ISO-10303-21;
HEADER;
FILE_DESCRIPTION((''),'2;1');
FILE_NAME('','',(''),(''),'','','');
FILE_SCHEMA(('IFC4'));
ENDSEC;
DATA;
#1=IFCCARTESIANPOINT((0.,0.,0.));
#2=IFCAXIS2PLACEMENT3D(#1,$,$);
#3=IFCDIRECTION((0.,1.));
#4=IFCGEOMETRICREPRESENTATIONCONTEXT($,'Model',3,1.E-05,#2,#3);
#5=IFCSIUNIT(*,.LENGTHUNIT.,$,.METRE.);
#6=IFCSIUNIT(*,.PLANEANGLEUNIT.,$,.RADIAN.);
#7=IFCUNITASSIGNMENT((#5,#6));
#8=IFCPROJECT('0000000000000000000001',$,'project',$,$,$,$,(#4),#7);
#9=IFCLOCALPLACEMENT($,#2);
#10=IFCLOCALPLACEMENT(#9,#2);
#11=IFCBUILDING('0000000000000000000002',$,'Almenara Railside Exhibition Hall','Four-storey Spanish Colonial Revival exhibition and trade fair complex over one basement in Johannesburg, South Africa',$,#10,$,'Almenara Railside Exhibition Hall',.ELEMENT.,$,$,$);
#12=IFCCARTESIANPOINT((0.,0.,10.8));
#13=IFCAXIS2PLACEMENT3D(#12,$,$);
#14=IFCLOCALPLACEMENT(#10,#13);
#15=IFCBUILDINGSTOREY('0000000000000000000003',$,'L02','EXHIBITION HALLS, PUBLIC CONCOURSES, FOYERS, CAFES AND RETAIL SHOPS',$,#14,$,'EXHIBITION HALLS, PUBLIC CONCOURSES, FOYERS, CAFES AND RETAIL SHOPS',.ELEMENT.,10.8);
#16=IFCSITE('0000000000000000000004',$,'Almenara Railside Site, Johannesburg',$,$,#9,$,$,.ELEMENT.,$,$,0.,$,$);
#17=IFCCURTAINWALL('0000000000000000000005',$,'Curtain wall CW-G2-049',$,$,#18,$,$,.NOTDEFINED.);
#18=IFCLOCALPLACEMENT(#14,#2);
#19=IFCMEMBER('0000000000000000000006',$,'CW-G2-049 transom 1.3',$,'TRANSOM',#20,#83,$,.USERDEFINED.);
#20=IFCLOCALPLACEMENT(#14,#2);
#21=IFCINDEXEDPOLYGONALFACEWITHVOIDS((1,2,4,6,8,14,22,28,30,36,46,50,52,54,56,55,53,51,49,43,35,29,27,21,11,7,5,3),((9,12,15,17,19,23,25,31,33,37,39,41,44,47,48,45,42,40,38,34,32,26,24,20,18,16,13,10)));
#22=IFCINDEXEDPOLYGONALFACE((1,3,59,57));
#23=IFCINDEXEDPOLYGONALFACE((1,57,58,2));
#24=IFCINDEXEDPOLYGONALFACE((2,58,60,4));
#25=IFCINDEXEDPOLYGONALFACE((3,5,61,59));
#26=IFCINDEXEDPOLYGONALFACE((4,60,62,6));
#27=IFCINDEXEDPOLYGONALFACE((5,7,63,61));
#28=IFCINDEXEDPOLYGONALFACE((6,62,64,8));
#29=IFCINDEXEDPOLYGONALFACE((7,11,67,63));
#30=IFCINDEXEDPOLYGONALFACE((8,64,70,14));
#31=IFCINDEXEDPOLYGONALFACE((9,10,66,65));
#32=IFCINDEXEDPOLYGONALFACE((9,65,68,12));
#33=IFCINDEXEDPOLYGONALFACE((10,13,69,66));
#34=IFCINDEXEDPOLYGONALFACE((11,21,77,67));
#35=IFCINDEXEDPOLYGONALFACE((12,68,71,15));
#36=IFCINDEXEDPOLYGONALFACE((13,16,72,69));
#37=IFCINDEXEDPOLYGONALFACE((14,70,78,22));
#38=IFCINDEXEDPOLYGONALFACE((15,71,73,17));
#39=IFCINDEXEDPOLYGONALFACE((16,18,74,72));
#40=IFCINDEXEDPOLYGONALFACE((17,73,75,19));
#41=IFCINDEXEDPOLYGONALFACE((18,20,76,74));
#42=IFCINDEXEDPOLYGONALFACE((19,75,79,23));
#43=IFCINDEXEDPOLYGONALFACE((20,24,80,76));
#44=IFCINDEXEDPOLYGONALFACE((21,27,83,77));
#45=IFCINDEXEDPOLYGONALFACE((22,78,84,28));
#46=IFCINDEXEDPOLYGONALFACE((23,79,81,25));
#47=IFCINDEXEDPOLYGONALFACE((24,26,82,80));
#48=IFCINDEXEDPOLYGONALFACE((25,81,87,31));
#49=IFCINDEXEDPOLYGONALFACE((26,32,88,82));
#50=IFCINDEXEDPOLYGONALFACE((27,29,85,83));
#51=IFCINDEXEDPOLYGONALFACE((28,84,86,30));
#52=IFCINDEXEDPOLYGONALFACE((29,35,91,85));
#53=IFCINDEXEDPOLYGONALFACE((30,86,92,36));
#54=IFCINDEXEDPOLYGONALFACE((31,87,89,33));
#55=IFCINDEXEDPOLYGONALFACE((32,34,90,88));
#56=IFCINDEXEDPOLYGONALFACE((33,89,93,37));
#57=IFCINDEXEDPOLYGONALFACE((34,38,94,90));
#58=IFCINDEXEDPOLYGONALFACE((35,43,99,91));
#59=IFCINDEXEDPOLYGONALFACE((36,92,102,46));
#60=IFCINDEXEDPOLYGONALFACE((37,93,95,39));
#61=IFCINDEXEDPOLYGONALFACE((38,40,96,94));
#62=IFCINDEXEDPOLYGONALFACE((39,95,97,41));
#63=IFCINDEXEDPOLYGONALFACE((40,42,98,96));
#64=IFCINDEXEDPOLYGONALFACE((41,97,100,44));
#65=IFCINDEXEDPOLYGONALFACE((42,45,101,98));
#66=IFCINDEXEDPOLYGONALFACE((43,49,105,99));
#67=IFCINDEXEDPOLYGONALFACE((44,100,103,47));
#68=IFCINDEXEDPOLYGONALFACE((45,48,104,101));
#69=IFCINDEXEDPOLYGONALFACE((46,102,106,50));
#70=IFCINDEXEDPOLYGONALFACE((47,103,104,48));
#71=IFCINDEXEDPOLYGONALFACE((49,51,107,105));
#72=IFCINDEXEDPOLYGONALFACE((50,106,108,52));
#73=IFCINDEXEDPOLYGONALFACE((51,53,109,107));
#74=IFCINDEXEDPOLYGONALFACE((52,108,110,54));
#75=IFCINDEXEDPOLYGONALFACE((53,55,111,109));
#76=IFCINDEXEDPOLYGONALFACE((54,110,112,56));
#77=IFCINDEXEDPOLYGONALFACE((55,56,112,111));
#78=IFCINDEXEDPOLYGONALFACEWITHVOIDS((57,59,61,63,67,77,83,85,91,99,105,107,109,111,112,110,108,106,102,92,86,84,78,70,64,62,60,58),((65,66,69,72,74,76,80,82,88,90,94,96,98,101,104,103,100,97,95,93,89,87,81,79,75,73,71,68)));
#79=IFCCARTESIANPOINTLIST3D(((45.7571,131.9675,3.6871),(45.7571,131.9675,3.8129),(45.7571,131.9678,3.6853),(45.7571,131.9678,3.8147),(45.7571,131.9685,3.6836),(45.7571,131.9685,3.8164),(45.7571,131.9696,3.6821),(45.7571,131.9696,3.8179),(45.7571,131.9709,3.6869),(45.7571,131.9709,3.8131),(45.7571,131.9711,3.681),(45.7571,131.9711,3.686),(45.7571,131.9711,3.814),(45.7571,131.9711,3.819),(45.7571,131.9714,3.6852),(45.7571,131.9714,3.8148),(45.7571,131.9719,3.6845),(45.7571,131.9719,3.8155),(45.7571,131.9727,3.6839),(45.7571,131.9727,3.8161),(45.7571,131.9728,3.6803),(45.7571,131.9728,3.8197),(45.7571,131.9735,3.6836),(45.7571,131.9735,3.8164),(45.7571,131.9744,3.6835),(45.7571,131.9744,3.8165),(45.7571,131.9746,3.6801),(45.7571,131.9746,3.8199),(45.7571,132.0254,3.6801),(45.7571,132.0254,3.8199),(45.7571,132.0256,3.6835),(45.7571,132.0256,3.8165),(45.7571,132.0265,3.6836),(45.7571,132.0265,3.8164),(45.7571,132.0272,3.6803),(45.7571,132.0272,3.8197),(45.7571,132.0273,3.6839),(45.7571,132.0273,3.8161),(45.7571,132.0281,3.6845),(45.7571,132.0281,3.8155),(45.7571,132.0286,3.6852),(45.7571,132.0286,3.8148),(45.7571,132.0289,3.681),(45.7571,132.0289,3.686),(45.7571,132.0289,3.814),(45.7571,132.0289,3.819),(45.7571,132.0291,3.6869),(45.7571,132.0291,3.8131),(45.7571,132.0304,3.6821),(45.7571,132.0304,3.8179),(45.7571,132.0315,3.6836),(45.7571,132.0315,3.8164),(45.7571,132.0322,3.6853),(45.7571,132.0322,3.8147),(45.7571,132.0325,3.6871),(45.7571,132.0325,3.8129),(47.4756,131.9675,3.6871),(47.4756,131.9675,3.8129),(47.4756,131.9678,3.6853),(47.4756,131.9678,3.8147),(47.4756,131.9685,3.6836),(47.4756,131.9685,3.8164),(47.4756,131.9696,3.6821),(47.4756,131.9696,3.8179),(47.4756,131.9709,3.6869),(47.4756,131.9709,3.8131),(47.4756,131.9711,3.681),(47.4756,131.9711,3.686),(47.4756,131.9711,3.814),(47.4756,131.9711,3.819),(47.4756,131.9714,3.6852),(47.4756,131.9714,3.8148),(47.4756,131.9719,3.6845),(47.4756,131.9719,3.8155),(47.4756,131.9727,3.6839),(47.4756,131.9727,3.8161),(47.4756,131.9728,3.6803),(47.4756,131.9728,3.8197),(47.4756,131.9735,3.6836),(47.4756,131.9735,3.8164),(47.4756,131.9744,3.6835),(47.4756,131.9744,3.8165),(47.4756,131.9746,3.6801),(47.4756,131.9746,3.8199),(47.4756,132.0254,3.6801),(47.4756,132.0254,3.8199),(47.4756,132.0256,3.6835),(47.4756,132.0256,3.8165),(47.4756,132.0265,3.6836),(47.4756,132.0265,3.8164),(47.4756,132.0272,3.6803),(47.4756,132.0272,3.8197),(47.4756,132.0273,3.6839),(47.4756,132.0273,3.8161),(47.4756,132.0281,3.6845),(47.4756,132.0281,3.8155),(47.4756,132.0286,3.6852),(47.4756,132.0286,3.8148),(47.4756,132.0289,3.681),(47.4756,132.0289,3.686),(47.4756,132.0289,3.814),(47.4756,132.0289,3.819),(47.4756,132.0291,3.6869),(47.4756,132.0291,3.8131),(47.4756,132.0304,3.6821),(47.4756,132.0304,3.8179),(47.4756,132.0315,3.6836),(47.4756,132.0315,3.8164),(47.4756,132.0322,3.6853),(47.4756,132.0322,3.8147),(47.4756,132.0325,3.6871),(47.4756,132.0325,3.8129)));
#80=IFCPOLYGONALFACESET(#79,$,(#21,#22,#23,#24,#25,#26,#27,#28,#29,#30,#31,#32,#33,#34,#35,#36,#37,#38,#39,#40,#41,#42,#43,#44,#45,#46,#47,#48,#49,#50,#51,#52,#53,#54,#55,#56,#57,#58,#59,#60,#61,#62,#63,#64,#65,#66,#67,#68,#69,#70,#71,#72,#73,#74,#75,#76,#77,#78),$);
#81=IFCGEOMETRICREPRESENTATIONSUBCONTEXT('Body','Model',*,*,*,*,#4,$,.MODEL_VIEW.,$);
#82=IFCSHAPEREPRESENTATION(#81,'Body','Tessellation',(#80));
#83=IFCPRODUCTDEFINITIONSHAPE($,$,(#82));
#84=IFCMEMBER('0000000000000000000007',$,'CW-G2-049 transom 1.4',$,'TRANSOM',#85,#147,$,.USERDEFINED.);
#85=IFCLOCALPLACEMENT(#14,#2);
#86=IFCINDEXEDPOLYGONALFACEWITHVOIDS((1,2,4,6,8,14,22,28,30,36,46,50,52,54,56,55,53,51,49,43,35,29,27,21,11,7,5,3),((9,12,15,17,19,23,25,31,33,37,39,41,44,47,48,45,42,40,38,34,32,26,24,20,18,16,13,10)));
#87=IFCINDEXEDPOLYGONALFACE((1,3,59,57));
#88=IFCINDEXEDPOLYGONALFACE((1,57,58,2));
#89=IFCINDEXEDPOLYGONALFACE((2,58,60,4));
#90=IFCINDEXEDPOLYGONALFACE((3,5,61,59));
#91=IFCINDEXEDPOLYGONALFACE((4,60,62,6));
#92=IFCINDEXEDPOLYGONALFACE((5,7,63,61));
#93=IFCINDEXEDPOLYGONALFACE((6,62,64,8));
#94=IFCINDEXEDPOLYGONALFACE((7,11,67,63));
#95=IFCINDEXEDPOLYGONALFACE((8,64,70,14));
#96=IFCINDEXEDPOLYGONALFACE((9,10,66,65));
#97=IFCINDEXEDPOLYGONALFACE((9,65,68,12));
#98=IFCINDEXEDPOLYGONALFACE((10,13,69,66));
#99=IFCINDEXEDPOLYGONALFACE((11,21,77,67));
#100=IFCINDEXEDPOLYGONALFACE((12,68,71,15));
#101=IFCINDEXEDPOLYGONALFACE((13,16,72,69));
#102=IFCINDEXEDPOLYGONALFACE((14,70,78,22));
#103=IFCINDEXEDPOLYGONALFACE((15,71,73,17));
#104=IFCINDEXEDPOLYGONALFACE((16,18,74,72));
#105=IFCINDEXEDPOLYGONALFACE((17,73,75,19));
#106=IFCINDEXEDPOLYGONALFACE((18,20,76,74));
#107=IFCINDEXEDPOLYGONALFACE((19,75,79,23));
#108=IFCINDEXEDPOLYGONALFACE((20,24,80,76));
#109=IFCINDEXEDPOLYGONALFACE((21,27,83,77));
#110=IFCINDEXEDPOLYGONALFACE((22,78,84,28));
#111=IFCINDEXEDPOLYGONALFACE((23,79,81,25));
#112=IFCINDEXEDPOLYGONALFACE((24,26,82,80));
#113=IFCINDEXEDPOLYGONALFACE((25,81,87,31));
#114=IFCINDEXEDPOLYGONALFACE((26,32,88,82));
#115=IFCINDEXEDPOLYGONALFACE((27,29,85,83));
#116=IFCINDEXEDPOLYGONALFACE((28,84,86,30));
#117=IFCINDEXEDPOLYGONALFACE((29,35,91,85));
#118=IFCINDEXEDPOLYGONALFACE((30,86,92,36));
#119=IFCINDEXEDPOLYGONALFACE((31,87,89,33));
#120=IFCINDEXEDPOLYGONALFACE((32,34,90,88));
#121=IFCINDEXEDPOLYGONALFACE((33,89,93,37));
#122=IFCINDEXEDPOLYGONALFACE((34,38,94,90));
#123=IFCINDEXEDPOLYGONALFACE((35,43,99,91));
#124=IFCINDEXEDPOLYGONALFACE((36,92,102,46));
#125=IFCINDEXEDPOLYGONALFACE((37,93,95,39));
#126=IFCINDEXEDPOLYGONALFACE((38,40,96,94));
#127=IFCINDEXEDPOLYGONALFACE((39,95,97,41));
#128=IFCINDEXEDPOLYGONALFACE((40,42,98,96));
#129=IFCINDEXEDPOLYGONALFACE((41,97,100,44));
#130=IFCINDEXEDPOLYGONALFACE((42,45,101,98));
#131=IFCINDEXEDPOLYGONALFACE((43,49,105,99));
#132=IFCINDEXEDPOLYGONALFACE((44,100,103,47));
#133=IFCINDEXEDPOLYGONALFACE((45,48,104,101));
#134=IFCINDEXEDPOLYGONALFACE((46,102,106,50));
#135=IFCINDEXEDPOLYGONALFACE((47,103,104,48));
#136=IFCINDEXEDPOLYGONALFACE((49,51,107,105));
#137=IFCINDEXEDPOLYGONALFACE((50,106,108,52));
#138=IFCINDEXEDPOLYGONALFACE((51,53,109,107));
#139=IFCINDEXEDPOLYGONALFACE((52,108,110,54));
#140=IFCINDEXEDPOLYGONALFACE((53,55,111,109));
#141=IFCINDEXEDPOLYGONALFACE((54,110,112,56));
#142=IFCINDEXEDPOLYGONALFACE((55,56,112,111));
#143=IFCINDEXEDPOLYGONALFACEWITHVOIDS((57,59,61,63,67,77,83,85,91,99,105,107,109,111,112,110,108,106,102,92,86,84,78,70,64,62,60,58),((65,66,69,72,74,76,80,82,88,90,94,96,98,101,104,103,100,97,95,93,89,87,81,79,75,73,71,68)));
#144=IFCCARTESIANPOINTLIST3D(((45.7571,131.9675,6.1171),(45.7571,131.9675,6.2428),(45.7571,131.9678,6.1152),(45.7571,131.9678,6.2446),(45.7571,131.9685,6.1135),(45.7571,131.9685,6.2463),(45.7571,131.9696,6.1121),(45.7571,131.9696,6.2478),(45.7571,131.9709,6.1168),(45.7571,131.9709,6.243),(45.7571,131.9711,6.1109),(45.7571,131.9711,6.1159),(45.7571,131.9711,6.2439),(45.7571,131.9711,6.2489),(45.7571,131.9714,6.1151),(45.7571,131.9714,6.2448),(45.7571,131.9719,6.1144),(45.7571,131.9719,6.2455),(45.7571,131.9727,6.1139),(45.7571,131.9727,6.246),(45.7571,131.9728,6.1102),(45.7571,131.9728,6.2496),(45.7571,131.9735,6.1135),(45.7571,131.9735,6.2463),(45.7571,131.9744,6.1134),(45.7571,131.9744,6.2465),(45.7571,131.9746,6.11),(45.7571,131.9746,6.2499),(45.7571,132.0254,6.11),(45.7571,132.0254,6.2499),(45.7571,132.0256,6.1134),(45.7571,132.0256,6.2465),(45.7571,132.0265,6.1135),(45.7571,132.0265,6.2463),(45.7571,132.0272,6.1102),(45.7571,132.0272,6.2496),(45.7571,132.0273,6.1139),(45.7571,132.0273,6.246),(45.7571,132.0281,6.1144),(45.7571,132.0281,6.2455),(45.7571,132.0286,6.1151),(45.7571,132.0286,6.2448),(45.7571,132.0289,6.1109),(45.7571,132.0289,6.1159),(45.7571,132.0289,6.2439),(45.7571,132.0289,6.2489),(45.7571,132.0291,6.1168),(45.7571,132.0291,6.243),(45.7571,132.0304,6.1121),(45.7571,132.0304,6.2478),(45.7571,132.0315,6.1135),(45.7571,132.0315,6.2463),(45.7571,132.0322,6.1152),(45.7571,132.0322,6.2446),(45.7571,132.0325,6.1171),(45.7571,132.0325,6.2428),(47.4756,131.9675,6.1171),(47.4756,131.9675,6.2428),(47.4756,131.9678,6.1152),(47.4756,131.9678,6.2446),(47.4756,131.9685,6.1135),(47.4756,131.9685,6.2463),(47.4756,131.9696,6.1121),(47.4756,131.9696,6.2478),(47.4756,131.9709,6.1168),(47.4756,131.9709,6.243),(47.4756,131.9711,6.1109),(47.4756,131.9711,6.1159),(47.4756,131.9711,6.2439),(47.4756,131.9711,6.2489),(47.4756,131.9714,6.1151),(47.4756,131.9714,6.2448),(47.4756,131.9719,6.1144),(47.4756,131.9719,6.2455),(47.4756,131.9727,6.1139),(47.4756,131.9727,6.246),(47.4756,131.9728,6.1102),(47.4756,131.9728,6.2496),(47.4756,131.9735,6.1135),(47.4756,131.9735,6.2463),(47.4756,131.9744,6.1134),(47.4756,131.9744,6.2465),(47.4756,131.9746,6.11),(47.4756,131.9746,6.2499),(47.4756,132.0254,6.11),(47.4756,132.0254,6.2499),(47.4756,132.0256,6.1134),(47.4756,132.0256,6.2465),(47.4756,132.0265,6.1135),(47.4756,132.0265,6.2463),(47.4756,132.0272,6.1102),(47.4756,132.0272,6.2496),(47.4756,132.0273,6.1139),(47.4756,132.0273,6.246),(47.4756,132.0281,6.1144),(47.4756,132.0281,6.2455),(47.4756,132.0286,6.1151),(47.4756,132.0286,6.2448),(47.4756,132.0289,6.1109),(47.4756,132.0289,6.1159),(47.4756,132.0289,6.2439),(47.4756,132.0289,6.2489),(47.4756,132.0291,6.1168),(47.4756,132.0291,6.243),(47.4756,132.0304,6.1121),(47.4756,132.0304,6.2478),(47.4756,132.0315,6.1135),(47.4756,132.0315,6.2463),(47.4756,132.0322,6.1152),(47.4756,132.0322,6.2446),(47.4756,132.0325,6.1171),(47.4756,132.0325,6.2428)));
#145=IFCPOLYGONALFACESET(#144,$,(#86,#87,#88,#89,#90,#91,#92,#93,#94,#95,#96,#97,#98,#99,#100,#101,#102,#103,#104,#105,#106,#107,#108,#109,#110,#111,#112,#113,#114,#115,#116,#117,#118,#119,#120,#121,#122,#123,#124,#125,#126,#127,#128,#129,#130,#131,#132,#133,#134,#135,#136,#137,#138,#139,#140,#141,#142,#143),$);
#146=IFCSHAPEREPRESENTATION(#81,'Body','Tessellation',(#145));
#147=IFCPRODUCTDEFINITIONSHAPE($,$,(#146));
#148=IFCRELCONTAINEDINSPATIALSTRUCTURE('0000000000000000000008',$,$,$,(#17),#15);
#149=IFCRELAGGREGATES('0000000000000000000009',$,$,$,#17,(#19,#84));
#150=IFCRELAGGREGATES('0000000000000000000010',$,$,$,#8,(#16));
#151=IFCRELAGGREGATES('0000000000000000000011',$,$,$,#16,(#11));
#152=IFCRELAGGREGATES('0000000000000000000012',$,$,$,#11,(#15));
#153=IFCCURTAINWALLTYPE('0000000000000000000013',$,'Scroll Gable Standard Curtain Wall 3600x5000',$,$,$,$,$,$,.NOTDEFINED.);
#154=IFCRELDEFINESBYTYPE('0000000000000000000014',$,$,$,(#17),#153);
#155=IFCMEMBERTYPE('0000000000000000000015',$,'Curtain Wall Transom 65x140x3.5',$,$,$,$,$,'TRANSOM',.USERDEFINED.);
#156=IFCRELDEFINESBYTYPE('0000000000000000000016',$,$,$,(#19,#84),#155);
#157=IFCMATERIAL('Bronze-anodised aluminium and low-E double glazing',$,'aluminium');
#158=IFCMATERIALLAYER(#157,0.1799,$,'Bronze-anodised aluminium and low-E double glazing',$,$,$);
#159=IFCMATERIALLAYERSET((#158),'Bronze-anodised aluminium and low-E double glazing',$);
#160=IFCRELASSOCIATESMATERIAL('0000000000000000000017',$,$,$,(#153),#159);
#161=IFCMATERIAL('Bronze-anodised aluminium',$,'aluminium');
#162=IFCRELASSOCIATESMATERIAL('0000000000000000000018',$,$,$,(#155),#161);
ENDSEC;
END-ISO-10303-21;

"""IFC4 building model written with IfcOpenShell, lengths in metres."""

from ifc_helpers import new_model, si_unit, direction, frame, origin, origin_2d, place, context, subcontext, project, spatial, hollow_rectangle, extrude, material, layer, layer_set, material_profile, profile_set, type_object, element, aggregate, save


model = new_model("IFC4")

# Units and contexts
model_context = context("Model", 3, precision=1e-05, world=origin(), true_north=direction((0.0, 1.0)))
body_context = subcontext(model_context, "Body", "Model", "MODEL_VIEW")
ifc_project = project(units=[si_unit("LENGTHUNIT", "METRE"), si_unit("PLANEANGLEUNIT", "RADIAN")], contexts=[model_context])

# Site, building, storey
site_placement = place(None, origin())
site = spatial("IfcSite", under=ifc_project, at=site_placement, Name="Almenara Railside Site, Johannesburg", CompositionType="ELEMENT", RefElevation=0.0)
building_placement = place(site_placement, origin())
building = spatial("IfcBuilding", under=site, at=building_placement, Name="Almenara Railside Exhibition Hall", Description="Four-storey Spanish Colonial Revival exhibition and trade fair complex over one basement in Johannesburg, South Africa", LongName="Almenara Railside Exhibition Hall", CompositionType="ELEMENT")
storey_placement = place(building_placement, frame((0.0, 0.0, 10.8)))
storey = spatial("IfcBuildingStorey", under=building, at=storey_placement, Name="L02", Description="EXHIBITION HALLS, PUBLIC CONCOURSES, FOYERS, CAFES AND RETAIL SHOPS", LongName="EXHIBITION HALLS, PUBLIC CONCOURSES, FOYERS, CAFES AND RETAIL SHOPS", CompositionType="ELEMENT", Elevation=10.8)

# Curtain wall
ifc_material_1 = material(Name="Bronze-anodised aluminium and low-E double glazing", Category="aluminium")
ifc_layer_1 = layer(ifc_material_1, 0.1799, Name="Bronze-anodised aluminium and low-E double glazing")
ifc_layer_set_1 = layer_set([ifc_layer_1], Name="Bronze-anodised aluminium and low-E double glazing")
curtain_wall_type_1 = type_object("IfcCurtainWallType", Name="Scroll Gable Standard Curtain Wall 3600x5000", PredefinedType="NOTDEFINED", material=ifc_layer_set_1)
ifc_material_2 = material(Name="Bronze-anodised aluminium", Category="aluminium")
curtain_wall_1_placement = place(storey_placement, origin())
curtain_wall_1 = element("IfcCurtainWall", 1, at=curtain_wall_1_placement, inside=storey, type_object=curtain_wall_type_1, Name="Curtain wall CW-G2-049", PredefinedType="NOTDEFINED")

# Members
ifc_material_profile_1 = material_profile(ifc_material_2, hollow_rectangle(XDim=0.0649, YDim=0.1399, WallThickness=0.0034, InnerFilletRadius=0.0034, OuterFilletRadius=0.0071, at=origin_2d()), Name="ALU-TRN 65x140x3.5")
ifc_profile_set_1 = profile_set([ifc_material_profile_1], Name="Bronze-anodised aluminium")
member_type_1 = type_object("IfcMemberType", Name="Curtain Wall Transom 65x140x3.5", ElementType="TRANSOM", PredefinedType="USERDEFINED", material=ifc_profile_set_1)
member_1_placement = place(storey_placement, frame((45.7571, 132.0, 3.75), z_axis=(1.0, 0.0, 0.0), x_axis=(0.0, 1.0, 0.0)))
member_1 = element("IfcMember", 2, at=member_1_placement, type_object=member_type_1, Name="CW-G2-049 transom 1.3", ObjectType="TRANSOM", PredefinedType="USERDEFINED", context=body_context, shape_type="SweptSolid", body=[
    extrude(hollow_rectangle(XDim=0.0649, YDim=0.1399, WallThickness=0.0034, InnerFilletRadius=0.0034, OuterFilletRadius=0.0071, at=origin_2d()), origin(), (0.0, 0.0, 1.0), 1.7185),
])
member_2_placement = place(storey_placement, frame((45.7571, 132.0, 6.1799), z_axis=(1.0, 0.0, 0.0), x_axis=(0.0, 1.0, 0.0)))
member_2 = element("IfcMember", 3, at=member_2_placement, type_object=member_type_1, Name="CW-G2-049 transom 1.4", ObjectType="TRANSOM", PredefinedType="USERDEFINED", context=body_context, shape_type="SweptSolid", body=[
    extrude(hollow_rectangle(XDim=0.0649, YDim=0.1399, WallThickness=0.0034, InnerFilletRadius=0.0034, OuterFilletRadius=0.0071, at=origin_2d()), origin(), (0.0, 0.0, 1.0), 1.7185),
])

aggregate(curtain_wall_1, [member_1, member_2])

save(model, "model.ifc")
